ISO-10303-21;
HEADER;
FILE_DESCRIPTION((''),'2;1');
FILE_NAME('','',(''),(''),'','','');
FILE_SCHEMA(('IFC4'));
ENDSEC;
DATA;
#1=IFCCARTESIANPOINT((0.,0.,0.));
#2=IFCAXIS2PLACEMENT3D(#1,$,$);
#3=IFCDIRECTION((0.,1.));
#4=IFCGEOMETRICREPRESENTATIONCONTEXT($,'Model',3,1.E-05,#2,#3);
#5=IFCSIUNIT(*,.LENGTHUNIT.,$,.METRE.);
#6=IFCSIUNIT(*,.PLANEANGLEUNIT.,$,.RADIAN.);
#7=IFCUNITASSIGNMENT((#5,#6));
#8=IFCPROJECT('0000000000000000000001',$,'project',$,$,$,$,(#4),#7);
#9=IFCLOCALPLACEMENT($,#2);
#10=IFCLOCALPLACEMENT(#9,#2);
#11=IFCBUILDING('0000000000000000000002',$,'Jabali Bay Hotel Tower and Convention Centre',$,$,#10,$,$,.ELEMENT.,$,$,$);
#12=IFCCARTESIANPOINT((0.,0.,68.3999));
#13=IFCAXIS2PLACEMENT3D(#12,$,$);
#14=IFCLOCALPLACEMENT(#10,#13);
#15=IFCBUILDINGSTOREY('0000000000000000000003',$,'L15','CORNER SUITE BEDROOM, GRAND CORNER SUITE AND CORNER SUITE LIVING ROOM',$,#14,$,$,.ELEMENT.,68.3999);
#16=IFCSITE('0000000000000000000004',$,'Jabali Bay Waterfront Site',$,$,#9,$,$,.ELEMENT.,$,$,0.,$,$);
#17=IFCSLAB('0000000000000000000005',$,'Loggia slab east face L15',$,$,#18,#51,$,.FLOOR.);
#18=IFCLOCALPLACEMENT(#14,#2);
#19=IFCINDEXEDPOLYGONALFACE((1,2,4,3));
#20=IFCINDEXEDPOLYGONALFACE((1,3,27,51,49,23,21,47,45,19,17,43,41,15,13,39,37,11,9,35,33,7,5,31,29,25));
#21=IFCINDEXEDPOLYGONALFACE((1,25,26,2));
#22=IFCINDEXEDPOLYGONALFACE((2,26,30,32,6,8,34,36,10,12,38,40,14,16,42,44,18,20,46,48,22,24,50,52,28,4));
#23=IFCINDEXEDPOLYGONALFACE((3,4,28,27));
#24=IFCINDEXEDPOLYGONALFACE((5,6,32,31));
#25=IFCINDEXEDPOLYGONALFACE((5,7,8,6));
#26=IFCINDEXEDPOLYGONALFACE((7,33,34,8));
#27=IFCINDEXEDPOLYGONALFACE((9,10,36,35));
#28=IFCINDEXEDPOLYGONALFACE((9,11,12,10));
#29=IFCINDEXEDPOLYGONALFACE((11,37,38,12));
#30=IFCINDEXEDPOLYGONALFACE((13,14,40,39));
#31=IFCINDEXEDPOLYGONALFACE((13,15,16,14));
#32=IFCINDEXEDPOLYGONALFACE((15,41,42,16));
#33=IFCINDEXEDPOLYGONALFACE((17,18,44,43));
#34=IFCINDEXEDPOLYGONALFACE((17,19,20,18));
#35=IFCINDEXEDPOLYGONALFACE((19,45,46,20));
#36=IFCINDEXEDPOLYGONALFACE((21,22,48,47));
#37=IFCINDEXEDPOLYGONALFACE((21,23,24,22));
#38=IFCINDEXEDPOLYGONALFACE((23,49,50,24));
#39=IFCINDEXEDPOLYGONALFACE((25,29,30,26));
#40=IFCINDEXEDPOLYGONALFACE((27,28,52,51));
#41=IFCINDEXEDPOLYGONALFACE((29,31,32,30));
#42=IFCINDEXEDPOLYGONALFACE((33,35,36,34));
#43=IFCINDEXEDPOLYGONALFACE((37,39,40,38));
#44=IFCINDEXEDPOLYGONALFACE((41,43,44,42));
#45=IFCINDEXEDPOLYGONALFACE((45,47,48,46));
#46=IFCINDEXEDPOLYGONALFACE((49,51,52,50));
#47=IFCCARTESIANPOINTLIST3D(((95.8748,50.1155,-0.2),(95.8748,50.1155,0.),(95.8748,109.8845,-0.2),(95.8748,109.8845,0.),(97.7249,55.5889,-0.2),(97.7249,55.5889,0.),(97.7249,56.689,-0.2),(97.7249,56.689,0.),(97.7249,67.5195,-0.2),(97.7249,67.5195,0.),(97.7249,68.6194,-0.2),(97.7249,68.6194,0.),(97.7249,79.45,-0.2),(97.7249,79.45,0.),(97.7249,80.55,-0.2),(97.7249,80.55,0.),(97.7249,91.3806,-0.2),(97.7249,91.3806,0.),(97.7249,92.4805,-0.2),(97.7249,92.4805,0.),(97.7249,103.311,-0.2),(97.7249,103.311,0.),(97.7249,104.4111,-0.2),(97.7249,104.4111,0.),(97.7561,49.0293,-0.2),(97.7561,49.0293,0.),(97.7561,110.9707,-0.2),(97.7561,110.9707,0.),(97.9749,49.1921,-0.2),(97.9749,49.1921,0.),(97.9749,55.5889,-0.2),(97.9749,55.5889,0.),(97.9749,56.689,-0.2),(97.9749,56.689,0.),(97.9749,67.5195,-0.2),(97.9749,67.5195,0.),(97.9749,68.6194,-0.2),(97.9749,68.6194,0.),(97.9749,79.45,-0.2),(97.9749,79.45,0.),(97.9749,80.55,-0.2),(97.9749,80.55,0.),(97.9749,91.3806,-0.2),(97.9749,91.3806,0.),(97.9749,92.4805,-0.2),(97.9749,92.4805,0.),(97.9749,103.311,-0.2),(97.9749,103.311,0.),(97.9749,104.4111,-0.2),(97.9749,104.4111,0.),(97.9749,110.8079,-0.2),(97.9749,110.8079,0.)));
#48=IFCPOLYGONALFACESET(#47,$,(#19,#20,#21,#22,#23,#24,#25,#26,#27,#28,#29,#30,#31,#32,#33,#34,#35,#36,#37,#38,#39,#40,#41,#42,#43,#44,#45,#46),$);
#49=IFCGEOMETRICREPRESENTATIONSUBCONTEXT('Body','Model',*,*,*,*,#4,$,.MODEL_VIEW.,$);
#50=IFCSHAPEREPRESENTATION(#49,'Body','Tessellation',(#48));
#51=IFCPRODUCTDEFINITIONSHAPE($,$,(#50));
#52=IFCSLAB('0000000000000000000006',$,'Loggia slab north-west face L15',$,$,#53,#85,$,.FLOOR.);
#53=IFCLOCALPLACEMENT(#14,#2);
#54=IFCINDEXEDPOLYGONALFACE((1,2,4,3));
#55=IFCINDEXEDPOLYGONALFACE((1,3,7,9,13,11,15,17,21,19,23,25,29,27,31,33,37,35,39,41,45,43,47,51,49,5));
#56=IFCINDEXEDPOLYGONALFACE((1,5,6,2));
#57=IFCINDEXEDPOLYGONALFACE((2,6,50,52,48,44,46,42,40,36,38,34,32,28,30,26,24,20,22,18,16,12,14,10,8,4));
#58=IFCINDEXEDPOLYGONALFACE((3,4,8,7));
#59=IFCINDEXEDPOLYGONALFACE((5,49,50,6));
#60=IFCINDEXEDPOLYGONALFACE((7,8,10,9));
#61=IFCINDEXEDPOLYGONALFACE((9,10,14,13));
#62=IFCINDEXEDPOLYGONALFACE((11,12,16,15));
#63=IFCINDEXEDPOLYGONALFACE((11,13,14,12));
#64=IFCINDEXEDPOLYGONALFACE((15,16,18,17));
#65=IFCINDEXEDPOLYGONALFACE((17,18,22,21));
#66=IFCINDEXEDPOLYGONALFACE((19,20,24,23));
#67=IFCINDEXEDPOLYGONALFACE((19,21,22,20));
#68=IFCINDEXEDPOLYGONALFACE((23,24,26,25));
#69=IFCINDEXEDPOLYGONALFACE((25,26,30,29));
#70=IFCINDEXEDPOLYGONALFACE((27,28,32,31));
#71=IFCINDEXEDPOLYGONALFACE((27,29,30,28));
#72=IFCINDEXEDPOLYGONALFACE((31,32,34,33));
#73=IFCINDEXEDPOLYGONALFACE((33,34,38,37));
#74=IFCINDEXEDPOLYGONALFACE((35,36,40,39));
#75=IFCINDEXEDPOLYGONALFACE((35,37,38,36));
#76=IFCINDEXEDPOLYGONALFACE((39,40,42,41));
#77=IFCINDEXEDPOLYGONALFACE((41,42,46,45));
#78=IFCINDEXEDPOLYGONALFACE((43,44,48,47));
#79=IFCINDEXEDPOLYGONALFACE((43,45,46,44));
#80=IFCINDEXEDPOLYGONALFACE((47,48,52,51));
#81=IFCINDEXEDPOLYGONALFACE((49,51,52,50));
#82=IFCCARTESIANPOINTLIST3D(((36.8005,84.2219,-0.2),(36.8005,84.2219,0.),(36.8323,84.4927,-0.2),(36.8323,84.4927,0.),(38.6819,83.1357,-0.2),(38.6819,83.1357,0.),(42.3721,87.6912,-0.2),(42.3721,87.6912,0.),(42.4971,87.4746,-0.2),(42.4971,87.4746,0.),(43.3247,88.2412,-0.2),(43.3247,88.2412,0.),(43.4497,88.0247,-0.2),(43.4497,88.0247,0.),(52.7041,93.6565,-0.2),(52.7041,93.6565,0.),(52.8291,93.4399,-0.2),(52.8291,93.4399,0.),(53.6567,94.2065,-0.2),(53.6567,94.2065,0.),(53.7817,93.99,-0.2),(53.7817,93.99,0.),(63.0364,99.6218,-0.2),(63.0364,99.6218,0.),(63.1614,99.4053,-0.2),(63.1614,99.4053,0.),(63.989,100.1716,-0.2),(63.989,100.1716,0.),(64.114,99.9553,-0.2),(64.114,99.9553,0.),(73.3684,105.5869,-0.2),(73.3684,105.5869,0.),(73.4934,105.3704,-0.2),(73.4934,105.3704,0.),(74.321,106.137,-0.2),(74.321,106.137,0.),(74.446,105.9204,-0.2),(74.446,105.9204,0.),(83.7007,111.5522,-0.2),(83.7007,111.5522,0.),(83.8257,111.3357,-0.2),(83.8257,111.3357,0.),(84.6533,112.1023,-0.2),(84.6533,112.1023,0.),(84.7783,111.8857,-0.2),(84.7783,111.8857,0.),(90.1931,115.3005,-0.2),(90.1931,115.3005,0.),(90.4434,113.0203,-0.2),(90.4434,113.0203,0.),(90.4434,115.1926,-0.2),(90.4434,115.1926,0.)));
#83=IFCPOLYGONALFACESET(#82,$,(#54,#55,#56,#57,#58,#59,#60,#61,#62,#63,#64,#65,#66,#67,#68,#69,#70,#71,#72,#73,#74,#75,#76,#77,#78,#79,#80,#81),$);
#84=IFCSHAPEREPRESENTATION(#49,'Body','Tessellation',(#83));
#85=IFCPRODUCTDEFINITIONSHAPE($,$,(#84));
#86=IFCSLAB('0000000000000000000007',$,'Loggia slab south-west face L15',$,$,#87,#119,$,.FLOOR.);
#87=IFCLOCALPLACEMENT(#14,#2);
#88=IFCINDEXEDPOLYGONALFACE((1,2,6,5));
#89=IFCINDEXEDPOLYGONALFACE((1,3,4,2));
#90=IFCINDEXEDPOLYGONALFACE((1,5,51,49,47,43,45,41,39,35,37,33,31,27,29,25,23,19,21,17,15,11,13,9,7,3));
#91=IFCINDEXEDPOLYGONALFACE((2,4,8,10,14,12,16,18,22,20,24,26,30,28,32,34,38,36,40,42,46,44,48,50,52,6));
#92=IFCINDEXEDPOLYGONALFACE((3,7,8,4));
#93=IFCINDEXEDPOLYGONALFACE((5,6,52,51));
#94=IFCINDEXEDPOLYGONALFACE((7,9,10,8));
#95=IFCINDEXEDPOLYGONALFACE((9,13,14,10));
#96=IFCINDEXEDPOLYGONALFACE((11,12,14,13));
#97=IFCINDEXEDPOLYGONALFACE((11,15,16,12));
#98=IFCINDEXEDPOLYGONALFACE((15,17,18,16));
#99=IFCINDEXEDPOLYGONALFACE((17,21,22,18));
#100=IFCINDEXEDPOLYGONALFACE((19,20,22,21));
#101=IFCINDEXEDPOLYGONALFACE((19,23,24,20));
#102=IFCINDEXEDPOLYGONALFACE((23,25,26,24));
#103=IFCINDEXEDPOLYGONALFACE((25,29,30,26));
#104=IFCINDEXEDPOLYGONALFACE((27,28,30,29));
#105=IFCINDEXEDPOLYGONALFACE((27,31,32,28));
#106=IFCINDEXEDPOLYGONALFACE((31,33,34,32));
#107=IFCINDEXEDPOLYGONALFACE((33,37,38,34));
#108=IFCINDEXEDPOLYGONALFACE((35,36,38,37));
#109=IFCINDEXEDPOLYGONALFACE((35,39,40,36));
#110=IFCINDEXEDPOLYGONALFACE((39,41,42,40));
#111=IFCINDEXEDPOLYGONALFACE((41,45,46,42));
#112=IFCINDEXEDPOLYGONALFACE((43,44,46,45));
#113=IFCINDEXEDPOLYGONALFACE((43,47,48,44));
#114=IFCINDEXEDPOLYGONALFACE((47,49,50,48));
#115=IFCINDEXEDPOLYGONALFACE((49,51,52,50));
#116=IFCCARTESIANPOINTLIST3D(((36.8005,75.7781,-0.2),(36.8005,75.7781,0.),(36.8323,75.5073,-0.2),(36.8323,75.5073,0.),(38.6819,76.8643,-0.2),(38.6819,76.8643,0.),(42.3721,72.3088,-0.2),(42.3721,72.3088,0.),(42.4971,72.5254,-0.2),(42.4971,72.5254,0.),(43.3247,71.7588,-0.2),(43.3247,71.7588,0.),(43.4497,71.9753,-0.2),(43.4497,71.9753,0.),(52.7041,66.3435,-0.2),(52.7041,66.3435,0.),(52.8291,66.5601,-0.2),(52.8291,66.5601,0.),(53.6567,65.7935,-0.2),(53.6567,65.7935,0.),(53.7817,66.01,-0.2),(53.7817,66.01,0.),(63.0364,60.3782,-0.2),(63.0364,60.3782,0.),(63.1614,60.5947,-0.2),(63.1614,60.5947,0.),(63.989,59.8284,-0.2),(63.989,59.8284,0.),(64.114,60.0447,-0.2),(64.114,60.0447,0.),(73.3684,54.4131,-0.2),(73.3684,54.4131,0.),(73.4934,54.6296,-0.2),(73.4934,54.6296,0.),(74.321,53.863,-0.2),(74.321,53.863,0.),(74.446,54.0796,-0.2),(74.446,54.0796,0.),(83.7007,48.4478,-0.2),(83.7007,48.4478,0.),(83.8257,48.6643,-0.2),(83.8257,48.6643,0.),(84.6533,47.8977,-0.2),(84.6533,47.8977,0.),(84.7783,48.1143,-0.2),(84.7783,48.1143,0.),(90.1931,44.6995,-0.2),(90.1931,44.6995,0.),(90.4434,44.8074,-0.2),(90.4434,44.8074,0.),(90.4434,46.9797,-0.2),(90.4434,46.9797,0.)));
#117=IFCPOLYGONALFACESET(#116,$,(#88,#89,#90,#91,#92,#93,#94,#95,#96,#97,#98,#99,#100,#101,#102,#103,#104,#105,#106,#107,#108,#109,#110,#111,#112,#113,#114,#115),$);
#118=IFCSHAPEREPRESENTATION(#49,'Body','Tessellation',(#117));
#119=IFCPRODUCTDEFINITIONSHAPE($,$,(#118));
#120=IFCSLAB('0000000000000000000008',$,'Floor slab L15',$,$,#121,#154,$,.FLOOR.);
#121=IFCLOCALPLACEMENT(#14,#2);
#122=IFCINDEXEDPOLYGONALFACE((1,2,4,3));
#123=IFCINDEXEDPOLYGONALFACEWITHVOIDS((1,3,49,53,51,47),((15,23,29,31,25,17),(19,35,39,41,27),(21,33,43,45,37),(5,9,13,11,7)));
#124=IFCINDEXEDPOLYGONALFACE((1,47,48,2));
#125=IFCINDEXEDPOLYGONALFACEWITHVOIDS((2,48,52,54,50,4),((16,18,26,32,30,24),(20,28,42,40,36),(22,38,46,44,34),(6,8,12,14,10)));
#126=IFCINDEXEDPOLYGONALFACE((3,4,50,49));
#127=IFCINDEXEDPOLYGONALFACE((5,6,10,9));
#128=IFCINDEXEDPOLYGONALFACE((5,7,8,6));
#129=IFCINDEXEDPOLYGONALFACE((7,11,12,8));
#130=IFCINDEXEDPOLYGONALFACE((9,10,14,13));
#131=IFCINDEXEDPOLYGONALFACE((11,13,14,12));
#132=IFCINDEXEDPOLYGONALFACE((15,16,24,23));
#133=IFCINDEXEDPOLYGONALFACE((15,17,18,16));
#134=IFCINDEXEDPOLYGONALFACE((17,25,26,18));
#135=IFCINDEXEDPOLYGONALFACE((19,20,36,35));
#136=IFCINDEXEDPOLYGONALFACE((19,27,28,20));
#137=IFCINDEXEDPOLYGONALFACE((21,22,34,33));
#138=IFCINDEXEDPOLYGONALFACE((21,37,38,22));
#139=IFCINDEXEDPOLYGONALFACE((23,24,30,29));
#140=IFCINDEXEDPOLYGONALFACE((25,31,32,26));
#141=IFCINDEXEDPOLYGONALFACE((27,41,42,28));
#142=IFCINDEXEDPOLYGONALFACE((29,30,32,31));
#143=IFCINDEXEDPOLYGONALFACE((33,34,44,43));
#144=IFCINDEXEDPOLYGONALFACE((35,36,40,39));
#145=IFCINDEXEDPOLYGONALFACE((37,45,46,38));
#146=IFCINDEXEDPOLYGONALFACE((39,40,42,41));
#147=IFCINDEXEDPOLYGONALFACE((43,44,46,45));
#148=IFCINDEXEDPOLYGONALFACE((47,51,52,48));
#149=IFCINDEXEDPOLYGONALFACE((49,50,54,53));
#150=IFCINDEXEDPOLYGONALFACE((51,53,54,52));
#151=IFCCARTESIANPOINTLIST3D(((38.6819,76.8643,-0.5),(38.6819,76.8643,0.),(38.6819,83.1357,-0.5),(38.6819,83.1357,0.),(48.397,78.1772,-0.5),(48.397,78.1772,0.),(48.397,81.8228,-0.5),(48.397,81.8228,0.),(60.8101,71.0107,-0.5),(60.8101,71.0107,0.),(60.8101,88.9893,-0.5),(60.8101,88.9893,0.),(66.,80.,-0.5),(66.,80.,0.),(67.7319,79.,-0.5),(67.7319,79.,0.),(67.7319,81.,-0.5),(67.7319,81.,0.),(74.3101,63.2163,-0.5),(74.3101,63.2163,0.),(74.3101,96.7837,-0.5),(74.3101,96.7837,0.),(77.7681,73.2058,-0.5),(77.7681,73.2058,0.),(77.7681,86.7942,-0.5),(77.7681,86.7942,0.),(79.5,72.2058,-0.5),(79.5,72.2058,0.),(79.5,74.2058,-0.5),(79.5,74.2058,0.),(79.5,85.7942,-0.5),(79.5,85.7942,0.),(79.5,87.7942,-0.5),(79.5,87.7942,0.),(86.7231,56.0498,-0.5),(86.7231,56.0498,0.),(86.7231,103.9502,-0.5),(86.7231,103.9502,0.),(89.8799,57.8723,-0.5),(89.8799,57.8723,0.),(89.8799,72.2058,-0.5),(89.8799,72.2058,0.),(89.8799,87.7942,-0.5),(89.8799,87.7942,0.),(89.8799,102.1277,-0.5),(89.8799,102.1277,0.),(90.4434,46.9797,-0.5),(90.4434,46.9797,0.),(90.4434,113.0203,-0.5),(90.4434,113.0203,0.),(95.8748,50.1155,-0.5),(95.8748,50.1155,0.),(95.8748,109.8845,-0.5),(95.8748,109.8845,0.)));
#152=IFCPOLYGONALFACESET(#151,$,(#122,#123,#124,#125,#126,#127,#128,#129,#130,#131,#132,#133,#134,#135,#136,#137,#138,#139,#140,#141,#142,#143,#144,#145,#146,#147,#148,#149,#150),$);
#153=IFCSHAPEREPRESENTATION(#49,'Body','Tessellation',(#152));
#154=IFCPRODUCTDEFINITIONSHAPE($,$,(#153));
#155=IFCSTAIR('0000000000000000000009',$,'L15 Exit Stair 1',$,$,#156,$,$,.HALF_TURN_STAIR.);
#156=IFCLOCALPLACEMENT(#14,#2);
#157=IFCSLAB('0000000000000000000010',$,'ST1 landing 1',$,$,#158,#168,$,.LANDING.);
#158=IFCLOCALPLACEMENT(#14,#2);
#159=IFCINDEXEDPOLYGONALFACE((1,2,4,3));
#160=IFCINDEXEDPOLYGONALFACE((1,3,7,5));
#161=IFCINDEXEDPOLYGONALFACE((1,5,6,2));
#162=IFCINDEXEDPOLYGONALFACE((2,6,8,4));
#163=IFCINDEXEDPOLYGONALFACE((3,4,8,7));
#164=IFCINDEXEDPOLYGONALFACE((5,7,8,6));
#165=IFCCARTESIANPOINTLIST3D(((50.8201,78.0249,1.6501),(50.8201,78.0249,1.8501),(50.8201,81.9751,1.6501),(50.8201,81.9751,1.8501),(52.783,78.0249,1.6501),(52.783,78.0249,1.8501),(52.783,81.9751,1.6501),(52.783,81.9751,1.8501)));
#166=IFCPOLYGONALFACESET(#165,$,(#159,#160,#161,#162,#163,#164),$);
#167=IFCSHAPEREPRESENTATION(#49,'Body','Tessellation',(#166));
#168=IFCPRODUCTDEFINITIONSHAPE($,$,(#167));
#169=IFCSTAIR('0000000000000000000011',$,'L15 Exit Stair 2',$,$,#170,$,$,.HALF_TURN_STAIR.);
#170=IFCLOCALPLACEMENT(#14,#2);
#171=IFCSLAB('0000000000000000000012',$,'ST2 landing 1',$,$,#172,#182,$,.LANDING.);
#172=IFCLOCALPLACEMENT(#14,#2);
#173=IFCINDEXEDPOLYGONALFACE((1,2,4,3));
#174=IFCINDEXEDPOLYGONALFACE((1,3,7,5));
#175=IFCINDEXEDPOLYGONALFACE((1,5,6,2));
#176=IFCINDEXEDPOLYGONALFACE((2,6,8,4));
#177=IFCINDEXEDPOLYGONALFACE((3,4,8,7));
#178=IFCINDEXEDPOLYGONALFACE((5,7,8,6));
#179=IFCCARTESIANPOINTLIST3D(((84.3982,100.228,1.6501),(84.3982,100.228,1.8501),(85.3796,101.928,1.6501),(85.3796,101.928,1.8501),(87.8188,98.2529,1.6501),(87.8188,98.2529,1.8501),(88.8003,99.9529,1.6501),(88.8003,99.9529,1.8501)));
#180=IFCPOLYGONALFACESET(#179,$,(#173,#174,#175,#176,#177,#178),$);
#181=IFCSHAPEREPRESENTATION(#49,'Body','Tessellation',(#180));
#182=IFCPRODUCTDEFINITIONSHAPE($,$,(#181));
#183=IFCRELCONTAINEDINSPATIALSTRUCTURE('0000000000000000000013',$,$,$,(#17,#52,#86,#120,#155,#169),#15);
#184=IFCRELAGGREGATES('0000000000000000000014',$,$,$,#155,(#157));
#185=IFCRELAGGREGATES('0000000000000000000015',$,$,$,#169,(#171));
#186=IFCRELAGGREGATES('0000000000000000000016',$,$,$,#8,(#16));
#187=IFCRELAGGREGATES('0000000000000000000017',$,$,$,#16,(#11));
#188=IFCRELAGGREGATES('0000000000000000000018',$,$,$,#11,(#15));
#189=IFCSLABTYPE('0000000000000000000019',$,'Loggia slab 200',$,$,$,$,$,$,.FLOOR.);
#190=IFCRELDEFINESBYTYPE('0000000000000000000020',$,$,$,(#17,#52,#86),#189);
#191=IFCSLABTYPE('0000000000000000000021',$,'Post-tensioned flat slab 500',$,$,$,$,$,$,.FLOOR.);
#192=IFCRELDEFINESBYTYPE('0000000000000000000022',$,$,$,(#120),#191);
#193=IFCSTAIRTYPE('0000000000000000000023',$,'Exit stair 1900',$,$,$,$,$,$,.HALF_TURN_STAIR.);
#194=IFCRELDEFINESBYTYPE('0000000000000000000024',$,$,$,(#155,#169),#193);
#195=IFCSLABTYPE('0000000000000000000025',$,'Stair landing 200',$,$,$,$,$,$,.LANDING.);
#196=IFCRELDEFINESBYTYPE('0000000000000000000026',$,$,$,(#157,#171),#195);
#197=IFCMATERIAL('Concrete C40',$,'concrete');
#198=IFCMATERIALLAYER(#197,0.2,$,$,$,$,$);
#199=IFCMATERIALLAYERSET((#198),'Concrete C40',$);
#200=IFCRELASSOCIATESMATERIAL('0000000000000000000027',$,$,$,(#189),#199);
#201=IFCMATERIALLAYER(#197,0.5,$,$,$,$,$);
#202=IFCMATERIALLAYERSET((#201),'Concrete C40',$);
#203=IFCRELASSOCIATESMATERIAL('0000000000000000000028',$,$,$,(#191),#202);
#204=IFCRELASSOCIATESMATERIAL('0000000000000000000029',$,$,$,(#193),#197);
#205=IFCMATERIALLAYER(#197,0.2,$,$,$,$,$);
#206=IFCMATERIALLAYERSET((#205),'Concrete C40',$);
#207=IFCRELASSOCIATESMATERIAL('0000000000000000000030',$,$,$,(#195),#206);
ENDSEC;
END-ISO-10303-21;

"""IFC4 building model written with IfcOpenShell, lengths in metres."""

from ifc_helpers import new_model, si_unit, direction, frame, origin, place, context, subcontext, project, spatial, polyline, outline, extrude, material, layer, layer_set, type_object, element, aggregate, save


model = new_model("IFC4")

# Units and contexts
model_context = context("Model", 3, precision=1e-05, world=origin(), true_north=direction((0.0, 1.0)))
body_context = subcontext(model_context, "Body", "Model", "MODEL_VIEW")
ifc_project = project(units=[si_unit("LENGTHUNIT", "METRE"), si_unit("PLANEANGLEUNIT", "RADIAN")], contexts=[model_context])

# Site, building, storey
site_placement = place(None, origin())
site = spatial("IfcSite", under=ifc_project, at=site_placement, Name="Jabali Bay Waterfront Site", CompositionType="ELEMENT", RefElevation=0.0)
building_placement = place(site_placement, origin())
building = spatial("IfcBuilding", under=site, at=building_placement, Name="Jabali Bay Hotel Tower and Convention Centre", CompositionType="ELEMENT")
storey_placement = place(building_placement, frame((0.0, 0.0, 68.3999)))
storey = spatial("IfcBuildingStorey", under=building, at=storey_placement, Name="L15", Description="CORNER SUITE BEDROOM, GRAND CORNER SUITE AND CORNER SUITE LIVING ROOM", CompositionType="ELEMENT", Elevation=68.3999)

# Slabs
ifc_material_1 = material(Name="Concrete C40", Category="concrete")
ifc_layer_1 = layer(ifc_material_1, 0.2)
ifc_layer_set_1 = layer_set([ifc_layer_1], Name="Concrete C40")
slab_type_1 = type_object("IfcSlabType", Name="Loggia slab 200", PredefinedType="FLOOR", material=ifc_layer_set_1)
slab_1_placement = place(storey_placement, frame((0.0, 0.0, -0.2)))
element("IfcSlab", 1, at=slab_1_placement, inside=storey, type_object=slab_type_1, Name="Loggia slab east face L15", PredefinedType="FLOOR", context=body_context, shape_type="SweptSolid", body=[
    extrude(outline(polyline([(95.8748, 109.8845), (97.7561, 110.9707), (97.9749, 110.8079), (97.9749, 104.4111), (97.7249, 104.4111), (97.7249, 103.311), (97.9749, 103.311), (97.9749, 92.4805), (97.7249, 92.4805), (97.7249, 91.3806), (97.9749, 91.3806), (97.9749, 80.55), (97.7249, 80.55), (97.7249, 79.45), (97.9749, 79.45), (97.9749, 68.6194), (97.7249, 68.6194), (97.7249, 67.5195), (97.9749, 67.5195), (97.9749, 56.689), (97.7249, 56.689), (97.7249, 55.5889), (97.9749, 55.5889), (97.9749, 49.1921), (97.7561, 49.0293), (95.8748, 50.1155), (95.8748, 109.8845)])), origin(), (0.0, 0.0, 1.0), 0.2),
])
slab_2_placement = place(storey_placement, frame((0.0, 0.0, -0.2)))
element("IfcSlab", 2, at=slab_2_placement, inside=storey, type_object=slab_type_1, Name="Loggia slab north-west face L15", PredefinedType="FLOOR", context=body_context, shape_type="SweptSolid", body=[
    extrude(outline(polyline([(38.6819, 83.1357), (36.8005, 84.2219), (36.8323, 84.4927), (42.3721, 87.6912), (42.4971, 87.4746), (43.4497, 88.0247), (43.3247, 88.2412), (52.7041, 93.6565), (52.8291, 93.4399), (53.7817, 93.99), (53.6567, 94.2065), (63.0364, 99.6218), (63.1614, 99.4053), (64.114, 99.9553), (63.989, 100.1716), (73.3684, 105.5869), (73.4934, 105.3704), (74.446, 105.9204), (74.321, 106.137), (83.7007, 111.5522), (83.8257, 111.3357), (84.7783, 111.8857), (84.6533, 112.1023), (90.1931, 115.3005), (90.4434, 115.1926), (90.4434, 113.0203), (38.6819, 83.1357)])), origin(), (0.0, 0.0, 1.0), 0.2),
])
slab_3_placement = place(storey_placement, frame((0.0, 0.0, -0.2)))
element("IfcSlab", 3, at=slab_3_placement, inside=storey, type_object=slab_type_1, Name="Loggia slab south-west face L15", PredefinedType="FLOOR", context=body_context, shape_type="SweptSolid", body=[
    extrude(outline(polyline([(90.4434, 46.9797), (90.4434, 44.8074), (90.1931, 44.6995), (84.6533, 47.8977), (84.7783, 48.1143), (83.8257, 48.6643), (83.7007, 48.4478), (74.321, 53.863), (74.446, 54.0796), (73.4934, 54.6296), (73.3684, 54.4131), (63.989, 59.8284), (64.114, 60.0447), (63.1614, 60.5947), (63.0364, 60.3782), (53.6567, 65.7935), (53.7817, 66.01), (52.8291, 66.5601), (52.7041, 66.3435), (43.3247, 71.7588), (43.4497, 71.9753), (42.4971, 72.5254), (42.3721, 72.3088), (36.8323, 75.5073), (36.8005, 75.7781), (38.6819, 76.8643), (90.4434, 46.9797)])), origin(), (0.0, 0.0, 1.0), 0.2),
])
ifc_layer_2 = layer(ifc_material_1, 0.5)
ifc_layer_set_2 = layer_set([ifc_layer_2], Name="Concrete C40")
slab_type_2 = type_object("IfcSlabType", Name="Post-tensioned flat slab 500", PredefinedType="FLOOR", material=ifc_layer_set_2)
slab_4_placement = place(storey_placement, frame((0.0, 0.0, -0.5)))
element("IfcSlab", 4, at=slab_4_placement, inside=storey, type_object=slab_type_2, Name="Floor slab L15", PredefinedType="FLOOR", context=body_context, shape_type="SweptSolid", body=[
    extrude(outline(polyline([(90.4434, 113.0203), (95.8748, 109.8845), (95.8748, 50.1155), (90.4434, 46.9797), (38.6819, 76.8643), (38.6819, 83.1357), (90.4434, 113.0203)]), holes=[polyline([(67.7319, 79.0), (77.7681, 73.2058), (79.5, 74.2058), (79.5, 85.7942), (77.7681, 86.7942), (67.7319, 81.0), (67.7319, 79.0)]), polyline([(48.397, 78.1772), (60.8101, 71.0107), (66.0, 80.0), (60.8101, 88.9893), (48.397, 81.8228), (48.397, 78.1772)]), polyline([(89.8799, 102.1277), (86.7231, 103.9502), (74.3101, 96.7837), (79.5, 87.7942), (89.8799, 87.7942), (89.8799, 102.1277)]), polyline([(74.3101, 63.2163), (86.7231, 56.0498), (89.8799, 57.8723), (89.8799, 72.2058), (79.5, 72.2058), (74.3101, 63.2163)])]), origin(), (0.0, 0.0, 1.0), 0.5),
])

# Stairs, slabs
stair_type = type_object("IfcStairType", Name="Exit stair 1900", PredefinedType="HALF_TURN_STAIR", material=ifc_material_1)
stair_1_placement = place(storey_placement, origin())
stair_1 = element("IfcStair", 5, at=stair_1_placement, inside=storey, type_object=stair_type, Name="L15 Exit Stair 1", PredefinedType="HALF_TURN_STAIR")
ifc_layer_3 = layer(ifc_material_1, 0.2)
ifc_layer_set_3 = layer_set([ifc_layer_3], Name="Concrete C40")
slab_type_3 = type_object("IfcSlabType", Name="Stair landing 200", PredefinedType="LANDING", material=ifc_layer_set_3)
slab_5_placement = place(storey_placement, frame((0.0, 0.0, 1.6501)))
slab_5 = element("IfcSlab", 6, at=slab_5_placement, type_object=slab_type_3, Name="ST1 landing 1", PredefinedType="LANDING", context=body_context, shape_type="SweptSolid", body=[
    extrude(outline(polyline([(52.783, 81.9751), (50.8201, 81.9751), (50.8201, 78.0249), (52.783, 78.0249), (52.783, 81.9751)])), origin(), (0.0, 0.0, 1.0), 0.2),
])
aggregate(stair_1, [slab_5])
stair_2_placement = place(storey_placement, origin())
stair_2 = element("IfcStair", 7, at=stair_2_placement, inside=storey, type_object=stair_type, Name="L15 Exit Stair 2", PredefinedType="HALF_TURN_STAIR")
slab_6_placement = place(storey_placement, frame((0.0, 0.0, 1.6501)))
slab_6 = element("IfcSlab", 8, at=slab_6_placement, type_object=slab_type_3, Name="ST2 landing 1", PredefinedType="LANDING", context=body_context, shape_type="SweptSolid", body=[
    extrude(outline(polyline([(87.8188, 98.2529), (88.8003, 99.9529), (85.3796, 101.928), (84.3982, 100.228), (87.8188, 98.2529)])), origin(), (0.0, 0.0, 1.0), 0.2),
])
aggregate(stair_2, [slab_6])

save(model, "model.ifc")
